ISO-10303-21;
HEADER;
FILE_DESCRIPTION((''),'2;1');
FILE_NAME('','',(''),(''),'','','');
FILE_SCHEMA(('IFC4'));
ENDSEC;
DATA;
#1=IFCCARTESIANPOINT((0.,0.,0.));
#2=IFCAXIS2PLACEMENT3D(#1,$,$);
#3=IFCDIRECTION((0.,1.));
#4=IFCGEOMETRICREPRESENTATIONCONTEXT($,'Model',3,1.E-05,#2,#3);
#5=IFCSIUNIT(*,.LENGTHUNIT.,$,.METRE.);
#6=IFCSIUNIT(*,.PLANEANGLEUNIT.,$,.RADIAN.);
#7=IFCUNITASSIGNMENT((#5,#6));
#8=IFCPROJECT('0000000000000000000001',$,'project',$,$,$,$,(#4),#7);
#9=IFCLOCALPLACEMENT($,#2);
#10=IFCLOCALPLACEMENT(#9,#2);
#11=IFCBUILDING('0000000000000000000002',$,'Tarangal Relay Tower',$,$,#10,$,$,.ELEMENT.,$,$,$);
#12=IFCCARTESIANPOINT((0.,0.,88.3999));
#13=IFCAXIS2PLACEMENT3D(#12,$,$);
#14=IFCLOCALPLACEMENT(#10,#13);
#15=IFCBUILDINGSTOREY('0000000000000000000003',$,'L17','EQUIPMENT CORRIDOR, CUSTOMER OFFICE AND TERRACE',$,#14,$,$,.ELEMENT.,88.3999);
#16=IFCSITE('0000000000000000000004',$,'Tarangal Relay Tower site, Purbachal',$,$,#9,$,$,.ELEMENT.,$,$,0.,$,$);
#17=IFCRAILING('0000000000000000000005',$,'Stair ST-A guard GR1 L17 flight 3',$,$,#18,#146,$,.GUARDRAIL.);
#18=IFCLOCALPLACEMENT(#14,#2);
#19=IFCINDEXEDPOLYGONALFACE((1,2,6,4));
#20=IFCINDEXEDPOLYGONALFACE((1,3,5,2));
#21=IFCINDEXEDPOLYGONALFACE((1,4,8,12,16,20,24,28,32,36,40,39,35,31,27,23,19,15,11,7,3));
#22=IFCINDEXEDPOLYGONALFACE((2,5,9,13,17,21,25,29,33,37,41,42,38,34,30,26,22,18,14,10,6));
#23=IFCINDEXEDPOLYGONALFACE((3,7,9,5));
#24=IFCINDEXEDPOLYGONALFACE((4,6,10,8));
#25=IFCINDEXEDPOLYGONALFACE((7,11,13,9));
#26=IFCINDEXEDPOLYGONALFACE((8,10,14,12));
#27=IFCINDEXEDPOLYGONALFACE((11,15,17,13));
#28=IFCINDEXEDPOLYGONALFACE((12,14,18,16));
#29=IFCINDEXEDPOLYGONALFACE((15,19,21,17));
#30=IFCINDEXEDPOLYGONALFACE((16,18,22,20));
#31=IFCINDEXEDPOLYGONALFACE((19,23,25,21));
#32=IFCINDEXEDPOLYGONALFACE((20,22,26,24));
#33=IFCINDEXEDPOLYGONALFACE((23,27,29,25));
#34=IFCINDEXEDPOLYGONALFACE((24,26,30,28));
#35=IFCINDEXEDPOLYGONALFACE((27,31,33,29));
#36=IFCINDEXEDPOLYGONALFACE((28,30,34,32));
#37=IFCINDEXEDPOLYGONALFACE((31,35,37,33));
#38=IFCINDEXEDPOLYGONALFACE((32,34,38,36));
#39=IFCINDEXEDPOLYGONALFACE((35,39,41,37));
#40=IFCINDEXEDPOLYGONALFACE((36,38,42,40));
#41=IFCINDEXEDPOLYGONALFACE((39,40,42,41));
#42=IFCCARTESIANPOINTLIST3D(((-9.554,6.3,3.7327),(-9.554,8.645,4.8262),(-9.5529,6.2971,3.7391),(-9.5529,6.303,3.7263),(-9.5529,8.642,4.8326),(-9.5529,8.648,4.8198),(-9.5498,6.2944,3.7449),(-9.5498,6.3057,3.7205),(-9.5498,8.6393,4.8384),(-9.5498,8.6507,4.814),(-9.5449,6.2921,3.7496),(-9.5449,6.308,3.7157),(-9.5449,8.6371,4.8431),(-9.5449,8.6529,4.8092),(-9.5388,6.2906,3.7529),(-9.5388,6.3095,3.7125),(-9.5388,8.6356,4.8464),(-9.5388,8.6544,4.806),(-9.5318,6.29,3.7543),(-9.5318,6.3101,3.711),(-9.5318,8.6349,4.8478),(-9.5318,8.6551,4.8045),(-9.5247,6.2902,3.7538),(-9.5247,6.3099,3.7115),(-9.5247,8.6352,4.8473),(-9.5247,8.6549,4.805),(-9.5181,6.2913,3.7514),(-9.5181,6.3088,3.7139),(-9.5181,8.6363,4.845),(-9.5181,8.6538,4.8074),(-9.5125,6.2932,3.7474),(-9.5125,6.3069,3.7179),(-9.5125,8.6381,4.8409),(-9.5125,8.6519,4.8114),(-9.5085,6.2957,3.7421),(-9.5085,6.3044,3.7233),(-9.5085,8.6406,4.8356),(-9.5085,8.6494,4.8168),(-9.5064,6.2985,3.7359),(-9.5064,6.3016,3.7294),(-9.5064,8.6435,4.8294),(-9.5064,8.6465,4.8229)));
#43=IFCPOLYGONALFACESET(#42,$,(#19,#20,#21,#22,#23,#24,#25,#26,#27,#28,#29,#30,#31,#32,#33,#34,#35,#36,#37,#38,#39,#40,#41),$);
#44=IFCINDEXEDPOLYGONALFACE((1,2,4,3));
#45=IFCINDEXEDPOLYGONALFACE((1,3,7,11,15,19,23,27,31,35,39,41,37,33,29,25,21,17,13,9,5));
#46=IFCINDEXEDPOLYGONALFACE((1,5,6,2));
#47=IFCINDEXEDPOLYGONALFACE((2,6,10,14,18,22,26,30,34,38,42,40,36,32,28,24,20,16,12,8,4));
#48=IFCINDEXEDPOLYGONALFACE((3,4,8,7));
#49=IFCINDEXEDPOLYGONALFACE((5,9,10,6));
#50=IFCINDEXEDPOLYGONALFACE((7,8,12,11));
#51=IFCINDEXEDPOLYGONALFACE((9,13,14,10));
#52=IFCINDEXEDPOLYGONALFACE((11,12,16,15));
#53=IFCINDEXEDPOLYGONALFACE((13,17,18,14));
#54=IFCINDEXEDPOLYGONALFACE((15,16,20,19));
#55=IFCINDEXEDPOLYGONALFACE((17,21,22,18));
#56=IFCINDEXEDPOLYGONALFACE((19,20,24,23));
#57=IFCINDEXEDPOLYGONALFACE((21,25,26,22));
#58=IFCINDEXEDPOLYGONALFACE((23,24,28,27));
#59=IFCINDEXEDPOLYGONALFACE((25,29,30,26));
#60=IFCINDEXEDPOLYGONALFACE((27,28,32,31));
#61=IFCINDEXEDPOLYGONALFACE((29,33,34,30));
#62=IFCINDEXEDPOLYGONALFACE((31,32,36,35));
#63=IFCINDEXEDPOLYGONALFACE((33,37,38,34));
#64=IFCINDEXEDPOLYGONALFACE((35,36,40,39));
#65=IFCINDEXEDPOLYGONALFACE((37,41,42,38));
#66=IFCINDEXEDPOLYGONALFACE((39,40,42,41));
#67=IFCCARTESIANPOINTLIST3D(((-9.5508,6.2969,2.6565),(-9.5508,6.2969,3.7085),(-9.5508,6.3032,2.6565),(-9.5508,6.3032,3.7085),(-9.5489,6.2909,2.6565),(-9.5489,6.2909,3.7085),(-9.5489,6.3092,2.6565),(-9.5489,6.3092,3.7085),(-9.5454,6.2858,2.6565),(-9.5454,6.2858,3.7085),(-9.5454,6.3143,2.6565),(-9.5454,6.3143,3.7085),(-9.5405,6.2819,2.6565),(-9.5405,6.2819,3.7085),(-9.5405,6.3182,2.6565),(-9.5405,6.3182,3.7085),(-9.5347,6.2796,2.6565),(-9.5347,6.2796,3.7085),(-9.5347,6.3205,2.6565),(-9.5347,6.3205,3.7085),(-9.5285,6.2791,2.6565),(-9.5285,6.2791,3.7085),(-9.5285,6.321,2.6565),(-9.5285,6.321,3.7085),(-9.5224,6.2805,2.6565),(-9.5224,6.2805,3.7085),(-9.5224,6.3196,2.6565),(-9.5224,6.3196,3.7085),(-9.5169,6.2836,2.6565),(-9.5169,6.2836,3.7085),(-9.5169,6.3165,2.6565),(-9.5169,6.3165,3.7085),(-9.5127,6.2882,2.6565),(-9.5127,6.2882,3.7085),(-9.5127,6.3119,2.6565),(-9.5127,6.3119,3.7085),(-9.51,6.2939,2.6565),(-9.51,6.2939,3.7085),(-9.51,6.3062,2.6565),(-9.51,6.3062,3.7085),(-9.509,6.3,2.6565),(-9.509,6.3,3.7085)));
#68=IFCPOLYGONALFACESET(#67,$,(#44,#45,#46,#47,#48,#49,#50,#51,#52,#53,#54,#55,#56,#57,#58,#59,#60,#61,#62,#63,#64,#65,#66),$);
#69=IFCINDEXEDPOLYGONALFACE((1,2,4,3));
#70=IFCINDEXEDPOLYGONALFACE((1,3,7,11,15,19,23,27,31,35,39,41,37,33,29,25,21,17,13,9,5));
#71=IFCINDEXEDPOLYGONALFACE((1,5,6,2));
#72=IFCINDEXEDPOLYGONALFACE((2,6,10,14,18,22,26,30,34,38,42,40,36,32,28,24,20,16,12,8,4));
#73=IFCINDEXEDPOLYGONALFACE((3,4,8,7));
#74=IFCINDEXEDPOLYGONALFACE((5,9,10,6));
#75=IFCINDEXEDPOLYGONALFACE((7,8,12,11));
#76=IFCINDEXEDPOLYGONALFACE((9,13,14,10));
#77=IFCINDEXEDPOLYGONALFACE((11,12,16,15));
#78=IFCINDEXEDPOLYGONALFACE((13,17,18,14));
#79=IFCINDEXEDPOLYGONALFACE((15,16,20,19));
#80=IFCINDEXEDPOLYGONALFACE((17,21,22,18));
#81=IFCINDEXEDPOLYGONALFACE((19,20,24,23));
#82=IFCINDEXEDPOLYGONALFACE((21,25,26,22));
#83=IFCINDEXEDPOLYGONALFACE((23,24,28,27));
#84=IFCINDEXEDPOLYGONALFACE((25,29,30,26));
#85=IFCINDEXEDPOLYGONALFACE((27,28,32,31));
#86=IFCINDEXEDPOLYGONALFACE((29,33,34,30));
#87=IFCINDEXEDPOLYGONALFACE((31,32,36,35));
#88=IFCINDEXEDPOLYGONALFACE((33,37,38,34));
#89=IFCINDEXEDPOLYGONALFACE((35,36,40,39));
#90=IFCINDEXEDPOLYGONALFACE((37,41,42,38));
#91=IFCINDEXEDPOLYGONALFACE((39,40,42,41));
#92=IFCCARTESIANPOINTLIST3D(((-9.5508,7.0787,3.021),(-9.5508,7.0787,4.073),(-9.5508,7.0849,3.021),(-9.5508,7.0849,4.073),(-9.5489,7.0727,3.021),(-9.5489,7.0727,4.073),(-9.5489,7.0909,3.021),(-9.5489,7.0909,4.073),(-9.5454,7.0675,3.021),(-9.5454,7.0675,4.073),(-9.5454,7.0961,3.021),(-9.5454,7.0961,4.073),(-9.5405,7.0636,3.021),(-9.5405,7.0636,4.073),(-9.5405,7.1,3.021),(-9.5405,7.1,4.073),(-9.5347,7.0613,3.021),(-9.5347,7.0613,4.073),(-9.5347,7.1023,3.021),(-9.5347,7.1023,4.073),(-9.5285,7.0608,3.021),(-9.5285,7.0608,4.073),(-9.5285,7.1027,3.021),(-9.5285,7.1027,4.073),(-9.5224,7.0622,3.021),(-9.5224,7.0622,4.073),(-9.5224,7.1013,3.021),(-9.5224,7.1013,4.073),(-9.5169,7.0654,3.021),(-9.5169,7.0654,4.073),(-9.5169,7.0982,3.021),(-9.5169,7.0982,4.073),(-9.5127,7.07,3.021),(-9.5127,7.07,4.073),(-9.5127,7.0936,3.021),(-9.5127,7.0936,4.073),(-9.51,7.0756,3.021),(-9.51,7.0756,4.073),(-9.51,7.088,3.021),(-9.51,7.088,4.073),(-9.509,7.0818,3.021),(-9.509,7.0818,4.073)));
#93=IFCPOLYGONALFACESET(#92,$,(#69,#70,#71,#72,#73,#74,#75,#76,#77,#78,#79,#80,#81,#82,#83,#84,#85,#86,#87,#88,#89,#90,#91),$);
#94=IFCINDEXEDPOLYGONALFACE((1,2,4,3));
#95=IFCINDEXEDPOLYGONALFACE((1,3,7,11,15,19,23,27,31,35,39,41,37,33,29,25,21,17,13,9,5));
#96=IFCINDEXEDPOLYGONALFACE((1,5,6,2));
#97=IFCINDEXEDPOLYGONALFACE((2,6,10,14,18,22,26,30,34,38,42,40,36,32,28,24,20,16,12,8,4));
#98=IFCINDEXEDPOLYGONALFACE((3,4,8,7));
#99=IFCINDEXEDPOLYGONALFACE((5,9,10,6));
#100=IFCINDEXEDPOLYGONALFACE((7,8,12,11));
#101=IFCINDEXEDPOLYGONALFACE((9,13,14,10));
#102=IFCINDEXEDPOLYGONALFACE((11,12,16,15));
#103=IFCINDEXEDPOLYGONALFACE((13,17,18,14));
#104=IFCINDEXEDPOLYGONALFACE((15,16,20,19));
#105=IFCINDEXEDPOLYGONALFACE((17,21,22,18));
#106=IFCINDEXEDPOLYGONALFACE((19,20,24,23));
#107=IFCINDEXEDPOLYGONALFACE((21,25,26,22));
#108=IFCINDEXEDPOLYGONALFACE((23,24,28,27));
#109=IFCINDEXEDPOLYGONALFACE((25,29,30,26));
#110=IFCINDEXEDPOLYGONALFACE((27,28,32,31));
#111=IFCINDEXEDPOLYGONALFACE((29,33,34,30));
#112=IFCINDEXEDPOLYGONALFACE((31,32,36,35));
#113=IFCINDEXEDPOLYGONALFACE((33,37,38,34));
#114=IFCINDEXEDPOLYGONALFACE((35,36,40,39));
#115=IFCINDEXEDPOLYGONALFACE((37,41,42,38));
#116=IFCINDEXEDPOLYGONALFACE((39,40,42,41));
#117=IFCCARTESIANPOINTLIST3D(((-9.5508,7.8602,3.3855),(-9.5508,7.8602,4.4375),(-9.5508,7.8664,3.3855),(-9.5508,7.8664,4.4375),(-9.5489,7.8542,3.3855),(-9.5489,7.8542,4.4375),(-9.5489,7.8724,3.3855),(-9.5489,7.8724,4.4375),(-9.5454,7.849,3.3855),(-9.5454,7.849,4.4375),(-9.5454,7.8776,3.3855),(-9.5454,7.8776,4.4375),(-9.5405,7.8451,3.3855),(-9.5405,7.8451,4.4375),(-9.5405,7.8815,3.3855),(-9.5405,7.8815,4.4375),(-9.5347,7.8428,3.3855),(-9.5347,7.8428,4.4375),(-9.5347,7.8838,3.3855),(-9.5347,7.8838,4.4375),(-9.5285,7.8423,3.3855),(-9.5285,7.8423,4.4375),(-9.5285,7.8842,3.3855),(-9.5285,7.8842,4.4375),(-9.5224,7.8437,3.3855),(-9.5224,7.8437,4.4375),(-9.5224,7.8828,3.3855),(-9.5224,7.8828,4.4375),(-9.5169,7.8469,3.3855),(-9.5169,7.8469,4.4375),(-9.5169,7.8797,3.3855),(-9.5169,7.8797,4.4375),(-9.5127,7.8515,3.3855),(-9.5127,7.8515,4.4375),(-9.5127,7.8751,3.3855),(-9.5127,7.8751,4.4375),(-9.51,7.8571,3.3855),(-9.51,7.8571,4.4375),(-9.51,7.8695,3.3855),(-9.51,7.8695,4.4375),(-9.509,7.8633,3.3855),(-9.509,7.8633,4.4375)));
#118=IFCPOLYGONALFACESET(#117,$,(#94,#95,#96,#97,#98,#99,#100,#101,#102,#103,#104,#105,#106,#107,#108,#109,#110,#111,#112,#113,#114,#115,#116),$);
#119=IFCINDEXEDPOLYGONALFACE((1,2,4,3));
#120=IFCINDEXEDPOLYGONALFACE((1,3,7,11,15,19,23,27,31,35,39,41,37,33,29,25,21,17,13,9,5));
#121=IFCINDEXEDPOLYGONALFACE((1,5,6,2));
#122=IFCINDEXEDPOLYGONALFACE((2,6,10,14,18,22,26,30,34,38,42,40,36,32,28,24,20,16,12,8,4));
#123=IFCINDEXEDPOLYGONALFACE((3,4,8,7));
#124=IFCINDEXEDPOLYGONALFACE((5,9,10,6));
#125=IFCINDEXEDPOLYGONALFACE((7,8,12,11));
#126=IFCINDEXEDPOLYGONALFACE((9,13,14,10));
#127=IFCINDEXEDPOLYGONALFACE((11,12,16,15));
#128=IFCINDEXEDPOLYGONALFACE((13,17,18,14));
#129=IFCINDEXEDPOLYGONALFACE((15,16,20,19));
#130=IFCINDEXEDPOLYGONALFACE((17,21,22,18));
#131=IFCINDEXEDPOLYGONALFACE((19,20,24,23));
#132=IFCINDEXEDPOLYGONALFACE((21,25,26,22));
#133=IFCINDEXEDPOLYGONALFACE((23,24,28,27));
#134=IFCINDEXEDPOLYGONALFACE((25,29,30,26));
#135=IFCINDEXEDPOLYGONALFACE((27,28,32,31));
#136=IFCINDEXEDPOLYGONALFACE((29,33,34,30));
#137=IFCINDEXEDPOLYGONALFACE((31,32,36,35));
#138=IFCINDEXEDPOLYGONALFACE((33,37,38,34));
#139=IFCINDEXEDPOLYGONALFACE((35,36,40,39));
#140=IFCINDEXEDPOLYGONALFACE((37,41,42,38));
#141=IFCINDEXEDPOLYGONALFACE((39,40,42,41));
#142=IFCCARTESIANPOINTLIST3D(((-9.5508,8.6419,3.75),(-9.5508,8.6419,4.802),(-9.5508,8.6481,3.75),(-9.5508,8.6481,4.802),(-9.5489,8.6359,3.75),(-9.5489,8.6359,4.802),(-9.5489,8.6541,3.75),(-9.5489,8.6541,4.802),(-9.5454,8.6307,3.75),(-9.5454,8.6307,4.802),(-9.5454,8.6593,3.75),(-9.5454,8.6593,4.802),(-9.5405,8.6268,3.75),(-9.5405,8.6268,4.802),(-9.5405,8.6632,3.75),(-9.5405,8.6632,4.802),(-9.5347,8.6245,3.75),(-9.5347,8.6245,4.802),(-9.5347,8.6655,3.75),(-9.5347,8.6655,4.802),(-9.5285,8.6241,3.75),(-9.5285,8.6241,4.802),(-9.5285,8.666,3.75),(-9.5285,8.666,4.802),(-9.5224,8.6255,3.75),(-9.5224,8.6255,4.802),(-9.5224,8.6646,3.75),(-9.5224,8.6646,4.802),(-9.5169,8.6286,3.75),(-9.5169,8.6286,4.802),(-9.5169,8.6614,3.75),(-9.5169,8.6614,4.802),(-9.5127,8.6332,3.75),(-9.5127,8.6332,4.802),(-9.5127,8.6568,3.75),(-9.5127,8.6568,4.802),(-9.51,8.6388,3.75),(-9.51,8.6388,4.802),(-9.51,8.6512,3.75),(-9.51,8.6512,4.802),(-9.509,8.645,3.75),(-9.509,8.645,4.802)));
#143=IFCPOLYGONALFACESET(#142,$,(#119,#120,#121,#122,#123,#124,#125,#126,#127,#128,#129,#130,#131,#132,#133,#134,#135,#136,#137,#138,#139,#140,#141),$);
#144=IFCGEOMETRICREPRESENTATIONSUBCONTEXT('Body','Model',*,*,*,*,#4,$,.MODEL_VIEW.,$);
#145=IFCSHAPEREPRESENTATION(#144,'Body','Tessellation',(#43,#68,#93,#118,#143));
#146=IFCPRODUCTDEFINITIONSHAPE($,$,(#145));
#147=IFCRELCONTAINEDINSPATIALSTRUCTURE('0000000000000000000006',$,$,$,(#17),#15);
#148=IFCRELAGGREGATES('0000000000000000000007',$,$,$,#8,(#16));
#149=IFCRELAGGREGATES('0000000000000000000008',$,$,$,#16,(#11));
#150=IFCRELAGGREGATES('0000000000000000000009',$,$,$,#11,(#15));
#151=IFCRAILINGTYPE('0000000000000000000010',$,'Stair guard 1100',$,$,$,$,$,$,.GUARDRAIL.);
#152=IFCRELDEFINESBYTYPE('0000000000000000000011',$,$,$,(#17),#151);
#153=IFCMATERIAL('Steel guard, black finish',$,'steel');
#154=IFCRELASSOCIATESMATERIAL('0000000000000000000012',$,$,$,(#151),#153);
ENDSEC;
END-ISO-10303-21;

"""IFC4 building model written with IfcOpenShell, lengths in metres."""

from ifc_helpers import new_model, si_unit, direction, frame, origin, origin_2d, place, context, subcontext, project, spatial, circle, extrude, material, type_object, element, save


model = new_model("IFC4")

# Units and contexts
model_context = context("Model", 3, precision=1e-05, world=origin(), true_north=direction((0.0, 1.0)))
body_context = subcontext(model_context, "Body", "Model", "MODEL_VIEW")
ifc_project = project(units=[si_unit("LENGTHUNIT", "METRE"), si_unit("PLANEANGLEUNIT", "RADIAN")], contexts=[model_context])

# Site, building, storey
site_placement = place(None, origin())
site = spatial("IfcSite", under=ifc_project, at=site_placement, Name="Tarangal Relay Tower site, Purbachal", CompositionType="ELEMENT", RefElevation=0.0)
building_placement = place(site_placement, origin())
building = spatial("IfcBuilding", under=site, at=building_placement, Name="Tarangal Relay Tower", CompositionType="ELEMENT")
storey_placement = place(building_placement, frame((0.0, 0.0, 88.3999)))
storey = spatial("IfcBuildingStorey", under=building, at=storey_placement, Name="L17", Description="EQUIPMENT CORRIDOR, CUSTOMER OFFICE AND TERRACE", CompositionType="ELEMENT", Elevation=88.3999)

# Railing
ifc_material_1 = material(Name="Steel guard, black finish", Category="steel")
railing_type = type_object("IfcRailingType", Name="Stair guard 1100", PredefinedType="GUARDRAIL", material=ifc_material_1)
for number, where, name in (
    (1, (-9.53, 6.3, 2.6565), "Stair ST-A guard GR1 L17 flight 3"),
):
    element("IfcRailing", number, at=place(storey_placement, frame(where)), inside=storey, type_object=railing_type, Name=name, PredefinedType="GUARDRAIL", context=body_context, shape_type="SweptSolid", body=[
        extrude(circle(Radius=0.0239, at=origin_2d()), frame((0.0, 0.0, 1.0762), z_axis=(0.0, 0.906304, 0.422627), x_axis=(-1.0, 0.0, 0.0)), (0.0, 0.0, 1.0), 2.5874),
        extrude(circle(Radius=0.021, at=origin_2d()), origin(), (0.0, 0.0, 1.0), 1.052),
        extrude(circle(Radius=0.021, at=origin_2d()), frame((0.0, 0.7817, 0.3645)), (0.0, 0.0, 1.0), 1.052),
        extrude(circle(Radius=0.021, at=origin_2d()), frame((0.0, 1.5632, 0.729)), (0.0, 0.0, 1.0), 1.052),
        extrude(circle(Radius=0.021, at=origin_2d()), frame((0.0, 2.345, 1.0935)), (0.0, 0.0, 1.0), 1.052),
    ])

save(model, "model.ifc")
